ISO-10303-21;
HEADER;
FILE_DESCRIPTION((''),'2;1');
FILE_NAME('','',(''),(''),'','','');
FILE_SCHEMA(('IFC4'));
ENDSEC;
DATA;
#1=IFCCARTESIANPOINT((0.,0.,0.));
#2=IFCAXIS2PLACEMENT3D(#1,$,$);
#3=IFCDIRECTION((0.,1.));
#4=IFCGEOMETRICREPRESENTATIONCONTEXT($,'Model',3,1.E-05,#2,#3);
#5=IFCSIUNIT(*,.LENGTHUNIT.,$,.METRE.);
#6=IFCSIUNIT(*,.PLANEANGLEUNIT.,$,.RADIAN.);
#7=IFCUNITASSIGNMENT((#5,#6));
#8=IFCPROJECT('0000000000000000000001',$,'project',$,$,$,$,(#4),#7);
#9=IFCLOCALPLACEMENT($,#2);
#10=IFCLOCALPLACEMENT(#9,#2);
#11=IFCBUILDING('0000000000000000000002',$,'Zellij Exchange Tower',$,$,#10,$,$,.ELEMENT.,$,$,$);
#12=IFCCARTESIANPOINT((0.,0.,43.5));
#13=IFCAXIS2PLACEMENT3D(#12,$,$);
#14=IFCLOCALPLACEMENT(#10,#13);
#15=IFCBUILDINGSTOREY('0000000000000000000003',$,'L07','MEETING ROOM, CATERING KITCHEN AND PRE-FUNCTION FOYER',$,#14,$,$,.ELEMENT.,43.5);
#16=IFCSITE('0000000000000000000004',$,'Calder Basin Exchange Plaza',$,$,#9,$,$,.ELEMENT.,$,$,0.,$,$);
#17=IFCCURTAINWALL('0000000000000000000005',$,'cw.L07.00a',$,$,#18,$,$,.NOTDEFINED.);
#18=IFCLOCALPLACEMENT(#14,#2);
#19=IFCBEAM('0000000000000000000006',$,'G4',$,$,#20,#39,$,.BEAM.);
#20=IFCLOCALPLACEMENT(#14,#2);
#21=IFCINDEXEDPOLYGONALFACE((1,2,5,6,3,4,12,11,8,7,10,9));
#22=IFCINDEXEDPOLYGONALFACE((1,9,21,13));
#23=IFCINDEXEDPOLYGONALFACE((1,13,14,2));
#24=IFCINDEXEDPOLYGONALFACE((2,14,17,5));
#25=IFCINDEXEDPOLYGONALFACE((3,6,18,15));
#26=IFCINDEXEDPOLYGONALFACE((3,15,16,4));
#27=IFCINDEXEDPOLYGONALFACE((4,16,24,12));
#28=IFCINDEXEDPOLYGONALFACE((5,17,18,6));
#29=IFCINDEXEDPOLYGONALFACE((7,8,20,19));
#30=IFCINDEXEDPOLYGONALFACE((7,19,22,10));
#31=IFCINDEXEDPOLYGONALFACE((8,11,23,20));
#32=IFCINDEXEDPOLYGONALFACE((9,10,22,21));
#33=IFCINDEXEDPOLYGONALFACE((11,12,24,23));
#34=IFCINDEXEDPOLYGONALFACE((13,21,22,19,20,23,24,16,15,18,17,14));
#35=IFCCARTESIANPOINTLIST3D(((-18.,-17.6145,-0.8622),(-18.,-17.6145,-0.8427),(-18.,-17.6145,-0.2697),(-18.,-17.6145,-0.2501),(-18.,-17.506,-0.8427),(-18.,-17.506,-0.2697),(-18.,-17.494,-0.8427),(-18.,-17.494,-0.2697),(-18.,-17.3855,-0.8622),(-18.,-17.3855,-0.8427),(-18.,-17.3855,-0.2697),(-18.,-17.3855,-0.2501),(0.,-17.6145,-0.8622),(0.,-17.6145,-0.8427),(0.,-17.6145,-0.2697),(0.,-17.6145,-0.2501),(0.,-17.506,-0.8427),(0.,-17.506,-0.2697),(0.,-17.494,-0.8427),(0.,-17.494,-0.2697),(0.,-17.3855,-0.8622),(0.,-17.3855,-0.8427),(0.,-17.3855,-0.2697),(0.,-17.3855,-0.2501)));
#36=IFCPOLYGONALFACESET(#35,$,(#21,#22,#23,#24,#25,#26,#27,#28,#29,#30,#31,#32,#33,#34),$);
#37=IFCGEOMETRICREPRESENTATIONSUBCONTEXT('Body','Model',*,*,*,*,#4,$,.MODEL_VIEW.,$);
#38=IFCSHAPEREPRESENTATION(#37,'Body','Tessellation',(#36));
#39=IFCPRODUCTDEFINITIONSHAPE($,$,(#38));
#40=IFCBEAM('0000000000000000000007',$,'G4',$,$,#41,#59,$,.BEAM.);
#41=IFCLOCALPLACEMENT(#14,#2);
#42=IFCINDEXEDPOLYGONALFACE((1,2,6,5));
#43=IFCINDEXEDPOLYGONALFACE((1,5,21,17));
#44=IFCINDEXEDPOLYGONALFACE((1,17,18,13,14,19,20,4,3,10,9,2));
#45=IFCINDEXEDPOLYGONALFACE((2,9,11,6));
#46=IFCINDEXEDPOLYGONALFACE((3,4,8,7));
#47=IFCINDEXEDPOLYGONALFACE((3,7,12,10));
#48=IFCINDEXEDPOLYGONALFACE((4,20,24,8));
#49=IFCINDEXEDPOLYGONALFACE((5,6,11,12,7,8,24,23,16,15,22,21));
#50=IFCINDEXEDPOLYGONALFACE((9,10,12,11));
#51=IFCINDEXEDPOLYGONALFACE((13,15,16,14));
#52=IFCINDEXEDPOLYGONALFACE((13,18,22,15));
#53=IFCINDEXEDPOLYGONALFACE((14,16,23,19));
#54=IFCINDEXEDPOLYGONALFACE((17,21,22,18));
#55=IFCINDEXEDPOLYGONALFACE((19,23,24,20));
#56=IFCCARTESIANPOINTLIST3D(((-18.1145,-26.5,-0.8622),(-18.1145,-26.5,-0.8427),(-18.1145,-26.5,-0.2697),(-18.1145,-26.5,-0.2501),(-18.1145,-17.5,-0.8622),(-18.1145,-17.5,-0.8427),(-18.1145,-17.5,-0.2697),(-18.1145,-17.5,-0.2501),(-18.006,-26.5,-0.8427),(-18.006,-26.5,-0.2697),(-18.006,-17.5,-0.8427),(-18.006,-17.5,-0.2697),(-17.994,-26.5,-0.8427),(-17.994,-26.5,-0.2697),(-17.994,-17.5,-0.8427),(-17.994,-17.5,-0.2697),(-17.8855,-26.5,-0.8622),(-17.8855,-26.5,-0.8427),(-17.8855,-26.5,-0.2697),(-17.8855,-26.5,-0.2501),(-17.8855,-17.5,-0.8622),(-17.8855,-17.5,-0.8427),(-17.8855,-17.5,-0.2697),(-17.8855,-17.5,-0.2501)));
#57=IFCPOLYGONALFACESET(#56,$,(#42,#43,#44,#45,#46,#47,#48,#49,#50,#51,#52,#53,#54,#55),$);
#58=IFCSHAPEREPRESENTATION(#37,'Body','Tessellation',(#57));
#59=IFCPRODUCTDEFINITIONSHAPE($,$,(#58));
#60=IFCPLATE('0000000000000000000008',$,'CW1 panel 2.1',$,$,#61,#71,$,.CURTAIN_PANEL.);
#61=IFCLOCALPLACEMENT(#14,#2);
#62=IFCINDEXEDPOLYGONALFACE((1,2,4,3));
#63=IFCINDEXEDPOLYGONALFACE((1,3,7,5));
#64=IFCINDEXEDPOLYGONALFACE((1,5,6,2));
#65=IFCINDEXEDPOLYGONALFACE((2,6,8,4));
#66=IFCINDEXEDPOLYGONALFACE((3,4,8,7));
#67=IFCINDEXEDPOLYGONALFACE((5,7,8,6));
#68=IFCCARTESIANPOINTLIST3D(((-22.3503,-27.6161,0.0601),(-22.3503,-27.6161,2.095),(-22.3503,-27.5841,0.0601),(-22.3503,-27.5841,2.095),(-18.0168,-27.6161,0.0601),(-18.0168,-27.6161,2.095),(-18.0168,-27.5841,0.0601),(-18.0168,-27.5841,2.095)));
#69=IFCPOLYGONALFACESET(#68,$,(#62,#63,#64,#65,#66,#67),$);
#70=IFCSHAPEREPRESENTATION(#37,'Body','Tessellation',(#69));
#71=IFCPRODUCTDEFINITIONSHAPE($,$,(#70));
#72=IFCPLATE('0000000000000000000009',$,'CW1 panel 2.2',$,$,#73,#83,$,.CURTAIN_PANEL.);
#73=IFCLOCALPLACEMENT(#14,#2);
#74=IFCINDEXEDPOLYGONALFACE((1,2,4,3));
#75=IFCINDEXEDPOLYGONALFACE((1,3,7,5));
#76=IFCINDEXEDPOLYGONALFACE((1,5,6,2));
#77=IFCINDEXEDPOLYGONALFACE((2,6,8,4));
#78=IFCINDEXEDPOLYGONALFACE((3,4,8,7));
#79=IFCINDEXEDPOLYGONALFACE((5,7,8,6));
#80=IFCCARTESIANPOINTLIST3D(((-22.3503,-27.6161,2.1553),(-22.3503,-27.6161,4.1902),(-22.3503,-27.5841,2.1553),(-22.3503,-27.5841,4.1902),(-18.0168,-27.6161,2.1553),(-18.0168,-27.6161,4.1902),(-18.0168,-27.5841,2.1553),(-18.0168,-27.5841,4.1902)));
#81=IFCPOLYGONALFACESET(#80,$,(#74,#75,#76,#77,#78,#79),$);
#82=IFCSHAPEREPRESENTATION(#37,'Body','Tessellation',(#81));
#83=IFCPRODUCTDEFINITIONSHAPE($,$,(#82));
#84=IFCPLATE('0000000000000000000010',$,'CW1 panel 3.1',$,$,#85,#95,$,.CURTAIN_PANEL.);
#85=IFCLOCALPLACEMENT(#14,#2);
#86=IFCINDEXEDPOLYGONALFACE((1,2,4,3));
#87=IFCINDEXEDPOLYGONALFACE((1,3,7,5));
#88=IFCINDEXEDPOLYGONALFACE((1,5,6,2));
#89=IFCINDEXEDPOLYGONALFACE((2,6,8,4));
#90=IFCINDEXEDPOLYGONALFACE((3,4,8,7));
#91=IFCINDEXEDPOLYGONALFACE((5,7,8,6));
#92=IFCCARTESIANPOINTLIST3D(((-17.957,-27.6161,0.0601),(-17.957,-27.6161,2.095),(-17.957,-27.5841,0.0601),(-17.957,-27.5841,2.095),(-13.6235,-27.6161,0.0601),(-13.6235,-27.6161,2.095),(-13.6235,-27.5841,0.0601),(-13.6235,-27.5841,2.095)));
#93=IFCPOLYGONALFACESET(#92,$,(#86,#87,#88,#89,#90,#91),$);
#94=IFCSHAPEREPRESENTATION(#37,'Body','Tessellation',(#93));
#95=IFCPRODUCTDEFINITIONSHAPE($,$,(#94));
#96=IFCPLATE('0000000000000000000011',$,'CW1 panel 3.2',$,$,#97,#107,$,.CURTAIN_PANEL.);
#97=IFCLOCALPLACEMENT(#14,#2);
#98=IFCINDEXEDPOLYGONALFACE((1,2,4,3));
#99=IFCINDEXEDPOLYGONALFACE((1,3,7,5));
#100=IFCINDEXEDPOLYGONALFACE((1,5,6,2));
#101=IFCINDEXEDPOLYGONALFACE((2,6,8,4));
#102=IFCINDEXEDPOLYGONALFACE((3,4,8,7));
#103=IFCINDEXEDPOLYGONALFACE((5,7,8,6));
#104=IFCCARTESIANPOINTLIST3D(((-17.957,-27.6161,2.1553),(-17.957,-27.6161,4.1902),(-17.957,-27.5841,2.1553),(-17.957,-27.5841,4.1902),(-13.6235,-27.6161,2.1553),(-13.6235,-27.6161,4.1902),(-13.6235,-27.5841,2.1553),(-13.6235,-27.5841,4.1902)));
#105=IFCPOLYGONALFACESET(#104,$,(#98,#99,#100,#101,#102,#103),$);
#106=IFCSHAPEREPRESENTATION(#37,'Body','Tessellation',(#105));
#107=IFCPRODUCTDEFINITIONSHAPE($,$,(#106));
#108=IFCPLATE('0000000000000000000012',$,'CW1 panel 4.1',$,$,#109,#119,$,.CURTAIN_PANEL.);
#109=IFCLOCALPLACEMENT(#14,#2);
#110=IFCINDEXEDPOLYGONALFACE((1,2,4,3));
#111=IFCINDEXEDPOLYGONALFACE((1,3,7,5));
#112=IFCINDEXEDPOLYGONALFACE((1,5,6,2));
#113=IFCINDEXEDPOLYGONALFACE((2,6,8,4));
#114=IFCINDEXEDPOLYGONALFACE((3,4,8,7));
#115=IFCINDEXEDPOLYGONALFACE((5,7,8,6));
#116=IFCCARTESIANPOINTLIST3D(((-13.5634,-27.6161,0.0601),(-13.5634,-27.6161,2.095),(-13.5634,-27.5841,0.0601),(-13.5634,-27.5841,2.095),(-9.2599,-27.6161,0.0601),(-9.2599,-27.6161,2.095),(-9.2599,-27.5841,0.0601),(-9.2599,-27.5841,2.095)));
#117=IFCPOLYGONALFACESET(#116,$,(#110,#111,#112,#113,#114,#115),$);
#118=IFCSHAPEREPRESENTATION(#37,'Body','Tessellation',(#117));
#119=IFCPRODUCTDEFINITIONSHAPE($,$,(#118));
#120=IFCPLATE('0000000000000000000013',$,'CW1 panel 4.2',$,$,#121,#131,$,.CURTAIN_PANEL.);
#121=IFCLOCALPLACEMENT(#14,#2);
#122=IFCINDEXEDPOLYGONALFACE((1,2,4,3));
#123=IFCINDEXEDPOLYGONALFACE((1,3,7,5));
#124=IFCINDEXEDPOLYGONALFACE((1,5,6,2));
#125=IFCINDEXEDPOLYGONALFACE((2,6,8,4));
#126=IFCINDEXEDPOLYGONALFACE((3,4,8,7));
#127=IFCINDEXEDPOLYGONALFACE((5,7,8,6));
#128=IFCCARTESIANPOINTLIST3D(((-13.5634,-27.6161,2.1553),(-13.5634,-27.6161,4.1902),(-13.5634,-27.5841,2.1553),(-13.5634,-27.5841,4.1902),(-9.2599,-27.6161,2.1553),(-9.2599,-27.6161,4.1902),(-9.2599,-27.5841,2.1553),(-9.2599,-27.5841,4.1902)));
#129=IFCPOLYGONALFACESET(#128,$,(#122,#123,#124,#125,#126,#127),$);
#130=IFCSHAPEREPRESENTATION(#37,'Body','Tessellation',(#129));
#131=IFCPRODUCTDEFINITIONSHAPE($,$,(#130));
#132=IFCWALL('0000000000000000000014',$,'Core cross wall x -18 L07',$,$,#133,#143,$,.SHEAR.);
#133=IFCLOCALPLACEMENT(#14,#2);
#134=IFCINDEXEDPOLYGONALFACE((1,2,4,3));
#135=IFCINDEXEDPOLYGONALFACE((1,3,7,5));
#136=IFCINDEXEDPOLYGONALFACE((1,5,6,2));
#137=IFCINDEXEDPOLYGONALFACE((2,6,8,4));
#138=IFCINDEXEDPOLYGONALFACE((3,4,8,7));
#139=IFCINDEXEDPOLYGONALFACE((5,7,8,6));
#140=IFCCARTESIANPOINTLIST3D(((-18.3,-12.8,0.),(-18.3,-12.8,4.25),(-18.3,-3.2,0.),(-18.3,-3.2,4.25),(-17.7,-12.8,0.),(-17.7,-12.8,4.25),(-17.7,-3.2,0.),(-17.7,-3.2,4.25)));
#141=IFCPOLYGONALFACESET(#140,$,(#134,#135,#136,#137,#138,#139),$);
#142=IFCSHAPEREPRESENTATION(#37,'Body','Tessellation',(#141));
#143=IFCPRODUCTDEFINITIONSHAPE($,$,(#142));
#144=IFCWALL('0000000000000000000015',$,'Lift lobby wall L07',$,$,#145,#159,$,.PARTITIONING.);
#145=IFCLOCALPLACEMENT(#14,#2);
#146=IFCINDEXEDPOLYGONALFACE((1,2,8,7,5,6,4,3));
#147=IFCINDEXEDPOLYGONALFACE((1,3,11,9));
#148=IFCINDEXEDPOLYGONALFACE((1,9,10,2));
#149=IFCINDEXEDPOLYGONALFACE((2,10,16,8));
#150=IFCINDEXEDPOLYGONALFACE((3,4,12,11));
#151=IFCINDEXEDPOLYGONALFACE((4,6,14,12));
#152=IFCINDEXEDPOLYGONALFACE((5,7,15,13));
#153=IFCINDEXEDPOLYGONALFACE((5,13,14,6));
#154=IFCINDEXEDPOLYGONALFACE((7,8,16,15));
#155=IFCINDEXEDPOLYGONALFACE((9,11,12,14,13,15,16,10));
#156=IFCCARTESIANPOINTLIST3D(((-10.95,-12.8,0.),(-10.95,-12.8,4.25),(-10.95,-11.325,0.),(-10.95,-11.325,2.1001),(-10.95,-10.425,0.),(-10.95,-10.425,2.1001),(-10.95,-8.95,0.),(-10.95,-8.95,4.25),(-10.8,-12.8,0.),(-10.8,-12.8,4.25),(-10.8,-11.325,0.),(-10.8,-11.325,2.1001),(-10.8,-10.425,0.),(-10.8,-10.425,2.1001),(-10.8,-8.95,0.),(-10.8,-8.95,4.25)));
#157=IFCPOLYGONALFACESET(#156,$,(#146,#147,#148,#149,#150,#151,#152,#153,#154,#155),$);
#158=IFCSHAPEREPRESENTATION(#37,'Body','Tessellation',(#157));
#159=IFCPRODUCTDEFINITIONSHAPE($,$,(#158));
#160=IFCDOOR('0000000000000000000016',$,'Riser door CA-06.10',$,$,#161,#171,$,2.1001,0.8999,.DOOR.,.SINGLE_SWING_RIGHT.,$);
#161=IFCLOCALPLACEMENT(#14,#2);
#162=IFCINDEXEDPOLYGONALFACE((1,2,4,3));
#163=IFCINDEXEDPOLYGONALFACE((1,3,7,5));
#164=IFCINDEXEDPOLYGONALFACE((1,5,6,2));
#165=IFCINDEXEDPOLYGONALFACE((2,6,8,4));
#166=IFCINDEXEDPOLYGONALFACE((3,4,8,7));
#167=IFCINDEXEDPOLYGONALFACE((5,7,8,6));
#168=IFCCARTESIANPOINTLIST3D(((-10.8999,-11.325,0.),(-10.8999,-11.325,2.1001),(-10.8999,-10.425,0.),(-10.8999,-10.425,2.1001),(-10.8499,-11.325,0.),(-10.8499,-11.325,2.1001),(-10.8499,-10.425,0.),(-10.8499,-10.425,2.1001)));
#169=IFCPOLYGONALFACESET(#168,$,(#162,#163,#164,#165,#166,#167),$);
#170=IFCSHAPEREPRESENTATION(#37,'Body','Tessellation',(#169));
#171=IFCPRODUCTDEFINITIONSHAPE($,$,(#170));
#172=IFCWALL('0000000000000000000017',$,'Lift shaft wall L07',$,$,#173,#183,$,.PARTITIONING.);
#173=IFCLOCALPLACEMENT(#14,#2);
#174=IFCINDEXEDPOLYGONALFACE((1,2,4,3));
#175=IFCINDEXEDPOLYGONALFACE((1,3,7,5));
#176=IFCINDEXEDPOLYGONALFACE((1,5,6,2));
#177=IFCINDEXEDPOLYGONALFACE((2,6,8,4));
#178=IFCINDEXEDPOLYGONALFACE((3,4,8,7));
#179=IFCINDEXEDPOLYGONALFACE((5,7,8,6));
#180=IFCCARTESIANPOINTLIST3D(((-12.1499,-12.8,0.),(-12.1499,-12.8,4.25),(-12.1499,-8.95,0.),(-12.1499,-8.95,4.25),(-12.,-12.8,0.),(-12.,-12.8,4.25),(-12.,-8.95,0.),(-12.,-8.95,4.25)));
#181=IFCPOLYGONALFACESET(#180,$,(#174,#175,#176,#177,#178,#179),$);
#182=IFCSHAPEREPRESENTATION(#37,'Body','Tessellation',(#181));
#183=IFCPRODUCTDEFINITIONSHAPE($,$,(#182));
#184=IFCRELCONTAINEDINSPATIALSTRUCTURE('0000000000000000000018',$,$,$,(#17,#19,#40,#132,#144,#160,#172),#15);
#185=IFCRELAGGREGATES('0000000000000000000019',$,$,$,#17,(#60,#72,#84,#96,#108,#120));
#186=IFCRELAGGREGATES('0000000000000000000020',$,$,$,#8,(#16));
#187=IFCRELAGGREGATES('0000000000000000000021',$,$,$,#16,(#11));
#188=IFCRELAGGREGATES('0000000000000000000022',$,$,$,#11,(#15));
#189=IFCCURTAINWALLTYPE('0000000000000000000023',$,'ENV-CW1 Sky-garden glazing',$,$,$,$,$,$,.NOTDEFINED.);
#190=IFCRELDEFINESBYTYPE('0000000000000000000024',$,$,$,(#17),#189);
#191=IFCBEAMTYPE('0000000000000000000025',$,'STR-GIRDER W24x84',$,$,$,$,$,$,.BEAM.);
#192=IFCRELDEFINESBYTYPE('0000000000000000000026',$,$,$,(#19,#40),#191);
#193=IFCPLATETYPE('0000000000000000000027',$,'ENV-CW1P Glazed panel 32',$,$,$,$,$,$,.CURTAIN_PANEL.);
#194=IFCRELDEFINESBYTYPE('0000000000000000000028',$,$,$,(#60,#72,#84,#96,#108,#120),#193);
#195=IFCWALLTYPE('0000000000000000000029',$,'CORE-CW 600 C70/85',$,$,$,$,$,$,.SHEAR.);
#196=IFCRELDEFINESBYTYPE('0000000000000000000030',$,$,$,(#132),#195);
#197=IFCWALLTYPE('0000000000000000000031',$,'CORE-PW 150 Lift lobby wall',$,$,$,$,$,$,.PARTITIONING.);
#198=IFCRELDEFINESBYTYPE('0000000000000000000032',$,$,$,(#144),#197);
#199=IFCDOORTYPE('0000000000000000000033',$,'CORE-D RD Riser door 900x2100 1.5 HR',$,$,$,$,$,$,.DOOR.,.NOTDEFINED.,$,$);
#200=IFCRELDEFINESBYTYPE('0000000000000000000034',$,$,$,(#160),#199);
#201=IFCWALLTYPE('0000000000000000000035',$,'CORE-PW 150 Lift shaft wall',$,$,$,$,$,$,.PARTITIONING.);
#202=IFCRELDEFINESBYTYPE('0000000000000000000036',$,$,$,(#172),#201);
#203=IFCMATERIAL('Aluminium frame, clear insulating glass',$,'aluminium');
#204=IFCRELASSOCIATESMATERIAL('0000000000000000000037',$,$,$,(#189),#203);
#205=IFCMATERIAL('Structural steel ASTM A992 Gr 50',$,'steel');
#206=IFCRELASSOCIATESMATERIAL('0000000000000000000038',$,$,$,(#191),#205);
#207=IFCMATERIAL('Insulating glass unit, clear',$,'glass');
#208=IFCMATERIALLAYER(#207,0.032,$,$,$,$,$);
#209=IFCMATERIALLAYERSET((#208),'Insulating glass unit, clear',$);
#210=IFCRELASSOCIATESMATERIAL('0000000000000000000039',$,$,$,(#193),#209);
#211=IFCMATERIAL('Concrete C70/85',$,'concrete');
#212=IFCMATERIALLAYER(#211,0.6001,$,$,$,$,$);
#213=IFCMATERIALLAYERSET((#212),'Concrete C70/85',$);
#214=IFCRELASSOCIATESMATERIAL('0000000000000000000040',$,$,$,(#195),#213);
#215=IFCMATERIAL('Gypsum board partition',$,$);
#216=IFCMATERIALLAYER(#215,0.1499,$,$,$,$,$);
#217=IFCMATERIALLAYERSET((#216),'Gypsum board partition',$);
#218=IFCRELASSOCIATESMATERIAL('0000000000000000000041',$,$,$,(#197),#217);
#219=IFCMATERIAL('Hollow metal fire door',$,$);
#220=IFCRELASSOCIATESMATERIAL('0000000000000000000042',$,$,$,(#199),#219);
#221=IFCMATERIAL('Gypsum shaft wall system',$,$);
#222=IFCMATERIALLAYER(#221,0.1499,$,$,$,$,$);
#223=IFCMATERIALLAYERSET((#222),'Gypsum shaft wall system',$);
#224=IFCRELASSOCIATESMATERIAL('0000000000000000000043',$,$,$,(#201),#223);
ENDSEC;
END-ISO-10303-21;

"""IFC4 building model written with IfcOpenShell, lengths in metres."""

from ifc_helpers import new_model, si_unit, direction, frame, frame_2d, origin, origin_2d, place, context, subcontext, project, spatial, rectangle, i_section, extrude, material, layer, layer_set, material_profile, profile_set, type_object, element, fill, aggregate, save


model = new_model("IFC4")

# Units and contexts
model_context = context("Model", 3, precision=1e-05, world=origin(), true_north=direction((0.0, 1.0)))
body_context = subcontext(model_context, "Body", "Model", "MODEL_VIEW")
ifc_project = project(units=[si_unit("LENGTHUNIT", "METRE"), si_unit("PLANEANGLEUNIT", "RADIAN")], contexts=[model_context])

# Site, building, storey
site_placement = place(None, origin())
site = spatial("IfcSite", under=ifc_project, at=site_placement, Name="Calder Basin Exchange Plaza", CompositionType="ELEMENT", RefElevation=0.0)
building_placement = place(site_placement, origin())
building = spatial("IfcBuilding", under=site, at=building_placement, Name="Zellij Exchange Tower", CompositionType="ELEMENT")
storey_placement = place(building_placement, frame((0.0, 0.0, 43.5)))
storey = spatial("IfcBuildingStorey", under=building, at=storey_placement, Name="L07", Description="MEETING ROOM, CATERING KITCHEN AND PRE-FUNCTION FOYER", CompositionType="ELEMENT", Elevation=43.5)

# Shared definitions
ifc_material_1 = material(Name="Concrete C70/85", Category="concrete")

# Curtain wall
ifc_material_2 = material(Name="Aluminium frame, clear insulating glass", Category="aluminium")
curtain_wall_type = type_object("IfcCurtainWallType", Name="ENV-CW1 Sky-garden glazing", PredefinedType="NOTDEFINED", material=ifc_material_2)
curtain_wall_placement = place(storey_placement, origin())
curtain_wall = element("IfcCurtainWall", 1, at=curtain_wall_placement, inside=storey, type_object=curtain_wall_type, Name="cw.L07.00a", PredefinedType="NOTDEFINED")

# Beams
ifc_material_3 = material(Name="Structural steel ASTM A992 Gr 50", Category="steel")
ifc_material_profile_1 = material_profile(ifc_material_3, i_section(OverallWidth=0.229, OverallDepth=0.6121, WebThickness=0.012, FlangeThickness=0.0195, at=origin_2d()), Name="W24x84")
ifc_profile_set_1 = profile_set([ifc_material_profile_1], Name="Structural steel ASTM A992 Gr 50")
beam_type_1 = type_object("IfcBeamType", Name="STR-GIRDER W24x84", PredefinedType="BEAM", material=ifc_profile_set_1)
beam_1_placement = place(storey_placement, frame((-18.0, -17.5, -0.5562), z_axis=(1.0, 0.0, 0.0), x_axis=(0.0, 1.0, 0.0)))
element("IfcBeam", 2, at=beam_1_placement, inside=storey, type_object=beam_type_1, Name="G4", PredefinedType="BEAM", context=body_context, shape_type="SweptSolid", body=[
    extrude(i_section(OverallWidth=0.229, OverallDepth=0.6121, WebThickness=0.012, FlangeThickness=0.0195, at=origin_2d()), origin(), (0.0, 0.0, 1.0), 18.0),
])
beam_2_placement = place(storey_placement, frame((-18.0, -26.5, -0.5562), z_axis=(0.0, 1.0, 0.0), x_axis=(-1.0, 0.0, 0.0)))
element("IfcBeam", 3, at=beam_2_placement, inside=storey, type_object=beam_type_1, Name="G4", PredefinedType="BEAM", context=body_context, shape_type="SweptSolid", body=[
    extrude(i_section(OverallWidth=0.229, OverallDepth=0.6121, WebThickness=0.012, FlangeThickness=0.0195, at=origin_2d()), origin(), (0.0, 0.0, 1.0), 9.0),
])

# Plates
ifc_material_4 = material(Name="Insulating glass unit, clear", Category="glass")
ifc_layer_1 = layer(ifc_material_4, 0.032)
ifc_layer_set_1 = layer_set([ifc_layer_1], Name="Insulating glass unit, clear")
plate_type = type_object("IfcPlateType", Name="ENV-CW1P Glazed panel 32", PredefinedType="CURTAIN_PANEL", material=ifc_layer_set_1)
plate_1_placement = place(storey_placement, frame((-20.1836, -27.6001, 0.0601), z_axis=(0.0, 0.0, 1.0), x_axis=(1.0, 0.0, 0.0)))
plate_1 = element("IfcPlate", 4, at=plate_1_placement, type_object=plate_type, Name="CW1 panel 2.1", PredefinedType="CURTAIN_PANEL", context=body_context, shape_type="SweptSolid", body=[
    extrude(rectangle(XDim=4.3335, YDim=0.032, at=origin_2d()), origin(), (0.0, 0.0, 1.0), 2.0349),
])
plate_2_placement = place(storey_placement, frame((-20.1836, -27.6001, 2.1553), z_axis=(0.0, 0.0, 1.0), x_axis=(1.0, 0.0, 0.0)))
plate_2 = element("IfcPlate", 5, at=plate_2_placement, type_object=plate_type, Name="CW1 panel 2.2", PredefinedType="CURTAIN_PANEL", context=body_context, shape_type="SweptSolid", body=[
    extrude(rectangle(XDim=4.3335, YDim=0.032, at=origin_2d()), origin(), (0.0, 0.0, 1.0), 2.0349),
])
plate_3_placement = place(storey_placement, frame((-15.7903, -27.6001, 0.0601), z_axis=(0.0, 0.0, 1.0), x_axis=(1.0, 0.0, 0.0)))
plate_3 = element("IfcPlate", 6, at=plate_3_placement, type_object=plate_type, Name="CW1 panel 3.1", PredefinedType="CURTAIN_PANEL", context=body_context, shape_type="SweptSolid", body=[
    extrude(rectangle(XDim=4.3335, YDim=0.032, at=origin_2d()), origin(), (0.0, 0.0, 1.0), 2.0349),
])
plate_4_placement = place(storey_placement, frame((-15.7903, -27.6001, 2.1553), z_axis=(0.0, 0.0, 1.0), x_axis=(1.0, 0.0, 0.0)))
plate_4 = element("IfcPlate", 7, at=plate_4_placement, type_object=plate_type, Name="CW1 panel 3.2", PredefinedType="CURTAIN_PANEL", context=body_context, shape_type="SweptSolid", body=[
    extrude(rectangle(XDim=4.3335, YDim=0.032, at=origin_2d()), origin(), (0.0, 0.0, 1.0), 2.0349),
])
plate_5_placement = place(storey_placement, frame((-11.4116, -27.6001, 0.0601), z_axis=(0.0, 0.0, 1.0), x_axis=(1.0, 0.0, 0.0)))
plate_5 = element("IfcPlate", 8, at=plate_5_placement, type_object=plate_type, Name="CW1 panel 4.1", PredefinedType="CURTAIN_PANEL", context=body_context, shape_type="SweptSolid", body=[
    extrude(rectangle(XDim=4.3035, YDim=0.032, at=origin_2d()), origin(), (0.0, 0.0, 1.0), 2.0349),
])
plate_6_placement = place(storey_placement, frame((-11.4116, -27.6001, 2.1553), z_axis=(0.0, 0.0, 1.0), x_axis=(1.0, 0.0, 0.0)))
plate_6 = element("IfcPlate", 9, at=plate_6_placement, type_object=plate_type, Name="CW1 panel 4.2", PredefinedType="CURTAIN_PANEL", context=body_context, shape_type="SweptSolid", body=[
    extrude(rectangle(XDim=4.3035, YDim=0.032, at=origin_2d()), origin(), (0.0, 0.0, 1.0), 2.0349),
])
aggregate(curtain_wall, [plate_1, plate_2, plate_3, plate_4, plate_5, plate_6])

# Wall
ifc_layer_2 = layer(ifc_material_1, 0.6001)
ifc_layer_set_2 = layer_set([ifc_layer_2], Name="Concrete C70/85")
wall_type_1 = type_object("IfcWallType", Name="CORE-CW 600 C70/85", PredefinedType="SHEAR", material=ifc_layer_set_2)
wall_1_placement = place(storey_placement, frame((-18.0, -12.8, 0.0), z_axis=(0.0, 0.0, 1.0), x_axis=(0.0, 1.0, 0.0)))
element("IfcWall", 10, at=wall_1_placement, inside=storey, type_object=wall_type_1, Name="Core cross wall x -18 L07", PredefinedType="SHEAR", context=body_context, shape_type="SweptSolid", body=[
    extrude(rectangle(XDim=9.6001, YDim=0.6001, at=frame_2d((4.8, 0.0))), origin(), (0.0, 0.0, 1.0), 4.25),
])

# Wall, opening, door
ifc_material_5 = material(Name="Gypsum board partition")
ifc_layer_3 = layer(ifc_material_5, 0.1499)
ifc_layer_set_3 = layer_set([ifc_layer_3], Name="Gypsum board partition")
wall_type_2 = type_object("IfcWallType", Name="CORE-PW 150 Lift lobby wall", PredefinedType="PARTITIONING", material=ifc_layer_set_3)
wall_2_placement = place(storey_placement, frame((-10.875, -12.8, 0.0), z_axis=(0.0, 0.0, 1.0), x_axis=(0.0, 1.0, 0.0)))
wall_2 = element("IfcWall", 11, at=wall_2_placement, inside=storey, type_object=wall_type_2, Name="Lift lobby wall L07", PredefinedType="PARTITIONING", context=body_context, shape_type="SweptSolid", body=[
    extrude(rectangle(XDim=3.8501, YDim=0.1499, at=frame_2d((1.925, 0.0))), origin(), (0.0, 0.0, 1.0), 4.25),
])
opening_placement = place(wall_2_placement, frame((1.4751, 0.0, 0.0)))
opening = element("IfcOpeningElement", 12, at=opening_placement, cuts=wall_2, PredefinedType="OPENING", context=body_context, shape_type="SweptSolid", body=[
    extrude(rectangle(XDim=0.8999, YDim=2.1001, at=frame_2d((0.45, 1.05))), frame((0.0, 0.0869, 0.0), z_axis=(0.0, -1.0, 0.0), x_axis=(1.0, 0.0, 0.0)), (0.0, 0.0, 1.0), 0.1738),
])
ifc_material_6 = material(Name="Hollow metal fire door")
door_type = type_object("IfcDoorType", Name="CORE-D RD Riser door 900x2100 1.5 HR", OperationType="NOTDEFINED", PredefinedType="DOOR", material=ifc_material_6)
door_placement = place(opening_placement, origin())
door = element("IfcDoor", 13, at=door_placement, inside=storey, type_object=door_type, Name="Riser door CA-06.10", OperationType="SINGLE_SWING_RIGHT", OverallHeight=2.1001, OverallWidth=0.8999, PredefinedType="DOOR", context=body_context, shape_type="SweptSolid", body=[
    extrude(rectangle(XDim=0.8999, YDim=2.1001, at=frame_2d((0.45, 1.05))), frame((0.0, 0.0249, 0.0), z_axis=(0.0, -1.0, 0.0), x_axis=(1.0, 0.0, 0.0)), (0.0, 0.0, 1.0), 0.05),
])
fill(opening, door)

# Wall
ifc_material_7 = material(Name="Gypsum shaft wall system")
ifc_layer_4 = layer(ifc_material_7, 0.1499)
ifc_layer_set_4 = layer_set([ifc_layer_4], Name="Gypsum shaft wall system")
wall_type_3 = type_object("IfcWallType", Name="CORE-PW 150 Lift shaft wall", PredefinedType="PARTITIONING", material=ifc_layer_set_4)
for number, where, z_axis, x_axis, name in (
    (14, (-12.075, -12.8, 0.0), (0.0, 0.0, 1.0), (0.0, 1.0, 0.0), "Lift shaft wall L07"),
):
    element("IfcWall", number, at=place(storey_placement, frame(where, z_axis=z_axis, x_axis=x_axis)), inside=storey, type_object=wall_type_3, Name=name, PredefinedType="PARTITIONING", context=body_context, shape_type="SweptSolid", body=[
        extrude(rectangle(XDim=3.8501, YDim=0.1499, at=frame_2d((1.925, 0.0))), origin(), (0.0, 0.0, 1.0), 4.25),
    ])

save(model, "model.ifc")
